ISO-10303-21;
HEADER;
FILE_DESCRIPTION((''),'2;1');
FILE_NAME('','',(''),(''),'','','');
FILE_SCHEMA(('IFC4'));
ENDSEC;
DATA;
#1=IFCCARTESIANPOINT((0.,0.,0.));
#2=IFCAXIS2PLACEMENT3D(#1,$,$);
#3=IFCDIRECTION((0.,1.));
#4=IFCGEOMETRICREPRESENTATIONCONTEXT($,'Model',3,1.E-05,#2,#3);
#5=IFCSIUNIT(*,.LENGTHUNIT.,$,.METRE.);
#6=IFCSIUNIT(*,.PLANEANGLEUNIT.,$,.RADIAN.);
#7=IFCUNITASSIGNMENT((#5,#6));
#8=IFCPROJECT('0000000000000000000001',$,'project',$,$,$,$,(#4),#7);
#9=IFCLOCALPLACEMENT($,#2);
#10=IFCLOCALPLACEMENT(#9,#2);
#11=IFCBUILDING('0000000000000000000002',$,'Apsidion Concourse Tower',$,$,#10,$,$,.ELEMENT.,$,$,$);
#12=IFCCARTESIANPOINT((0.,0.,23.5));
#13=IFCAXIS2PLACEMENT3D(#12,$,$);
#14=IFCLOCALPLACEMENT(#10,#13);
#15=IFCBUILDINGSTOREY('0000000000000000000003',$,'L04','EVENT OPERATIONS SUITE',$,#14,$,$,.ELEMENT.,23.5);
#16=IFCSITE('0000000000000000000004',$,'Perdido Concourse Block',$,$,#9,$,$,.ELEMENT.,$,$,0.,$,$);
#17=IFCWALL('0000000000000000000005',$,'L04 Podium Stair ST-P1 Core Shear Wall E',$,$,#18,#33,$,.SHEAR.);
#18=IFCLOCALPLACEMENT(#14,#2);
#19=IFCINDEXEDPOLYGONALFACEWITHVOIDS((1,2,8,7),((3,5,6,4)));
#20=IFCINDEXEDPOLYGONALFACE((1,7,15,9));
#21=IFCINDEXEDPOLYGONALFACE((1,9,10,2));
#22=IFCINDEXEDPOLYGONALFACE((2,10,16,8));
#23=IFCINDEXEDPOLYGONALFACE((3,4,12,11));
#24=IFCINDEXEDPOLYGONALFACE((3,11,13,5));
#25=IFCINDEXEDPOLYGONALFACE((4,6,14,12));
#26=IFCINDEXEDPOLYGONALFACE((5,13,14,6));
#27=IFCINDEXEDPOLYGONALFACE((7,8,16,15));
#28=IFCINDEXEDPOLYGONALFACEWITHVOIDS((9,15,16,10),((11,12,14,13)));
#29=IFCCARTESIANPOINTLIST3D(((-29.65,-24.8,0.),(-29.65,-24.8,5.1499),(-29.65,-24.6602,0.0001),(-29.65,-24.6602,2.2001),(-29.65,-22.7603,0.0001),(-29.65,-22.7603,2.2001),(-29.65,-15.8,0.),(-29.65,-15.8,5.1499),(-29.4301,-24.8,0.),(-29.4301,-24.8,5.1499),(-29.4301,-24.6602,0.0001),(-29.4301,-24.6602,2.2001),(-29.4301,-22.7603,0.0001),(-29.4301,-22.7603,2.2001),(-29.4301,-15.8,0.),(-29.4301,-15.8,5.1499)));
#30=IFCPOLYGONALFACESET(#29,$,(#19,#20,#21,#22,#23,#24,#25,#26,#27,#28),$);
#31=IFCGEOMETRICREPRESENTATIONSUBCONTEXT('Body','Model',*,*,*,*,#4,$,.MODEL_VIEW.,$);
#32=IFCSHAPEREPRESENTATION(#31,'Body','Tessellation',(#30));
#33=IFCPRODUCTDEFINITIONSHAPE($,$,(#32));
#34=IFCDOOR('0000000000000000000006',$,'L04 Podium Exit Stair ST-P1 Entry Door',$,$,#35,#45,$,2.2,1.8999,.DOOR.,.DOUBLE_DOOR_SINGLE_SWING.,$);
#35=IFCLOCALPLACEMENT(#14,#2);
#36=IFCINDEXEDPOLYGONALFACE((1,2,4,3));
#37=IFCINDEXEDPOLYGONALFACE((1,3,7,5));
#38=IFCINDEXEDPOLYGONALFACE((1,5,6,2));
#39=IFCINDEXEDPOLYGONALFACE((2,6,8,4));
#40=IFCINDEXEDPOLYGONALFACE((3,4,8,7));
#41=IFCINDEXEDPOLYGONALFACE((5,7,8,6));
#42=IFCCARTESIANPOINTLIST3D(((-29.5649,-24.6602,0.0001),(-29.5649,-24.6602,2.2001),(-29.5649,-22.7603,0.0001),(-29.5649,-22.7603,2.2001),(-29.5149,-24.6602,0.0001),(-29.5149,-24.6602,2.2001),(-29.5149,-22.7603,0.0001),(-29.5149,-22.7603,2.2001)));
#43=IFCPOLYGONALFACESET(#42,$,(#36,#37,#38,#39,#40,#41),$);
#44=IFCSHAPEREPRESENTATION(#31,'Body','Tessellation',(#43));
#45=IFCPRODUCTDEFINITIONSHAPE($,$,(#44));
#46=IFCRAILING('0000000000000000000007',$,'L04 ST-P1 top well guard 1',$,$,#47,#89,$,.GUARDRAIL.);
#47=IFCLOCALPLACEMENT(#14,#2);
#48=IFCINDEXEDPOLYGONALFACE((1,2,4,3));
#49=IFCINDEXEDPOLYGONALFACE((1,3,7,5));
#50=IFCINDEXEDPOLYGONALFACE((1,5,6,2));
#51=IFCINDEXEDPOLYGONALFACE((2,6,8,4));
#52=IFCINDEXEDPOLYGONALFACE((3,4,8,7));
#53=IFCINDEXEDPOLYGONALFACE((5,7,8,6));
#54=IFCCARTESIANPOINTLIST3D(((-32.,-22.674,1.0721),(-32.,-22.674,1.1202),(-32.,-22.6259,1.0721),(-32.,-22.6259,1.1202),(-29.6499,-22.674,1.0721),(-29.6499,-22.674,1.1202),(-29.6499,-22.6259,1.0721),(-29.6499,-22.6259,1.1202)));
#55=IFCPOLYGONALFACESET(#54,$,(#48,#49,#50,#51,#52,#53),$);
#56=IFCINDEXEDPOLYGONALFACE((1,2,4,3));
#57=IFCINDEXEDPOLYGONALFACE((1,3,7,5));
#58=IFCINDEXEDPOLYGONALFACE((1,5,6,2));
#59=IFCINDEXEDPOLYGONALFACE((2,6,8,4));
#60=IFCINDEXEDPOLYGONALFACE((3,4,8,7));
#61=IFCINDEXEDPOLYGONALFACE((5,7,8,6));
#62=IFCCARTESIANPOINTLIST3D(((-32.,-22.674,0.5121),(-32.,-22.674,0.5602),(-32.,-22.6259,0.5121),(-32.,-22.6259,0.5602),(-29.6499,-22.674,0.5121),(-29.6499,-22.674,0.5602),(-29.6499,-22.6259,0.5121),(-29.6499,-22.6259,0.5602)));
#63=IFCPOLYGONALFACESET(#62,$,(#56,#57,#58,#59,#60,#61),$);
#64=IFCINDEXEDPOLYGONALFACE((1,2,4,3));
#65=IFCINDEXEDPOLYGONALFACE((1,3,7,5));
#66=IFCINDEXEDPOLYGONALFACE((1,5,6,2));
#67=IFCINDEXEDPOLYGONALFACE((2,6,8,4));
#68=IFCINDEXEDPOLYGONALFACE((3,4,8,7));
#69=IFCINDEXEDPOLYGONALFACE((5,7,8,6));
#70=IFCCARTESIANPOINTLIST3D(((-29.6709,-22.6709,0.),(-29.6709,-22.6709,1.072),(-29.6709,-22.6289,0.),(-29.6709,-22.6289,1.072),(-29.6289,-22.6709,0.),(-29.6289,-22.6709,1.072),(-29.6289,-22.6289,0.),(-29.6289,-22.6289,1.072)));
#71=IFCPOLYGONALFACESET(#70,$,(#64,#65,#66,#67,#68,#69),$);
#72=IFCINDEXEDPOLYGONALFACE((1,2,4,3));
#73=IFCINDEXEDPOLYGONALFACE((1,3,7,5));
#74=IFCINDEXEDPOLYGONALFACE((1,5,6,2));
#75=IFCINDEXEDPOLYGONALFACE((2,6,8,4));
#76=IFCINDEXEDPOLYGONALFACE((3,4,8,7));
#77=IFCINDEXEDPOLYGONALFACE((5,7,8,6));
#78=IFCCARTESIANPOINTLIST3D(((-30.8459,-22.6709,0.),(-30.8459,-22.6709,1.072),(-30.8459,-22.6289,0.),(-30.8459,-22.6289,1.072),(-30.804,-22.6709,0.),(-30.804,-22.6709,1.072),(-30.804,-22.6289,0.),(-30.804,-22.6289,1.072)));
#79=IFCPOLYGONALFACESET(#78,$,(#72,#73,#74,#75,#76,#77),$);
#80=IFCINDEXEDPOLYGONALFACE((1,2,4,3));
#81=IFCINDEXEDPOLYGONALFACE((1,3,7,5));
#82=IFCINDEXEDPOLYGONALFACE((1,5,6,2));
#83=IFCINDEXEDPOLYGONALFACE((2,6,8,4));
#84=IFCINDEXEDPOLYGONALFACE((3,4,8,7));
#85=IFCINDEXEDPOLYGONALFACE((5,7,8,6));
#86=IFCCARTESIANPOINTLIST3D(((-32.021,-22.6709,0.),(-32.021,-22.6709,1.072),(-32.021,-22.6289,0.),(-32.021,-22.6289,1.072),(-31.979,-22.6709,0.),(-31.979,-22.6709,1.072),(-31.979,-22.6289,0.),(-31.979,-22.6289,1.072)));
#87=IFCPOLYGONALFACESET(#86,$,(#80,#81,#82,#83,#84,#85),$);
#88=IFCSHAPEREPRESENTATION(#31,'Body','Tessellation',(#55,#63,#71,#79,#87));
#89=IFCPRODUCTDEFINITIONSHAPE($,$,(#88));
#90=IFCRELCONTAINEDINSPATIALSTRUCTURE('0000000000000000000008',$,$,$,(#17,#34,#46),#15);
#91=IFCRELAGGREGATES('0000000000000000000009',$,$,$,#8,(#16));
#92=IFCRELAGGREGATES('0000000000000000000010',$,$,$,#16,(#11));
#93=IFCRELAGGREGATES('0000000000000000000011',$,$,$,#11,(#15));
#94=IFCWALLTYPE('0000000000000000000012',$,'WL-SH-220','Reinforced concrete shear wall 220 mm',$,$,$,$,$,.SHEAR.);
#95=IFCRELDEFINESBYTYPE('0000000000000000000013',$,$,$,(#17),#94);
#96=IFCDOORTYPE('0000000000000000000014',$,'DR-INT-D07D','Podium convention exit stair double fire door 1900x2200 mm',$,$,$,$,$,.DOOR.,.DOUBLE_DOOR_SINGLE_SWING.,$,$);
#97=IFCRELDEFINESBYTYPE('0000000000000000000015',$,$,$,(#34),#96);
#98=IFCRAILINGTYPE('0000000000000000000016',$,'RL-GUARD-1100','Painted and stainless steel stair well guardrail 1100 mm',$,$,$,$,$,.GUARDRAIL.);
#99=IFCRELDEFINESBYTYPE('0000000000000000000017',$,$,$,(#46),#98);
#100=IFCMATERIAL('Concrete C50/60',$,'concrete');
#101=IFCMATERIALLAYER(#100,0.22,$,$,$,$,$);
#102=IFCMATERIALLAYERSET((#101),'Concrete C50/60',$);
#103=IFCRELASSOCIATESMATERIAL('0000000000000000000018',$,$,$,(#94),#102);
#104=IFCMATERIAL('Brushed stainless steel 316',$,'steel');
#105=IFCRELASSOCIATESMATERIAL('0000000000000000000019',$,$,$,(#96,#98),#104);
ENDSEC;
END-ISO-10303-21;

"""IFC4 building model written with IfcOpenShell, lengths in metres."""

from ifc_helpers import new_model, si_unit, direction, frame, frame_2d, origin, origin_2d, place, context, subcontext, project, spatial, rectangle, extrude, material, layer, layer_set, type_object, element, fill, save


model = new_model("IFC4")

# Units and contexts
model_context = context("Model", 3, precision=1e-05, world=origin(), true_north=direction((0.0, 1.0)))
body_context = subcontext(model_context, "Body", "Model", "MODEL_VIEW")
ifc_project = project(units=[si_unit("LENGTHUNIT", "METRE"), si_unit("PLANEANGLEUNIT", "RADIAN")], contexts=[model_context])

# Site, building, storey
site_placement = place(None, origin())
site = spatial("IfcSite", under=ifc_project, at=site_placement, Name="Perdido Concourse Block", CompositionType="ELEMENT", RefElevation=0.0)
building_placement = place(site_placement, origin())
building = spatial("IfcBuilding", under=site, at=building_placement, Name="Apsidion Concourse Tower", CompositionType="ELEMENT")
storey_placement = place(building_placement, frame((0.0, 0.0, 23.5)))
storey = spatial("IfcBuildingStorey", under=building, at=storey_placement, Name="L04", Description="EVENT OPERATIONS SUITE", CompositionType="ELEMENT", Elevation=23.5)

# Shared definitions
ifc_material_1 = material(Name="Brushed stainless steel 316", Category="steel")

# Shared definitions
ifc_material_2 = material(Name="Concrete C50/60", Category="concrete")
ifc_layer_1 = layer(ifc_material_2, 0.22)
ifc_layer_set_1 = layer_set([ifc_layer_1], Name="Concrete C50/60")
wall_type_1 = type_object("IfcWallType", Name="WL-SH-220", Description="Reinforced concrete shear wall 220 mm", PredefinedType="SHEAR", material=ifc_layer_set_1)

# Wall, opening, door
wall_1_placement = place(storey_placement, frame((-29.54, -24.8, 0.0), z_axis=(0.0, 0.0, 1.0), x_axis=(0.0, 1.0, 0.0)))
wall_1 = element("IfcWall", 1, at=wall_1_placement, inside=storey, type_object=wall_type_1, Name="L04 Podium Stair ST-P1 Core Shear Wall E", PredefinedType="SHEAR", context=body_context, shape_type="SweptSolid", body=[
    extrude(rectangle(XDim=9.0, YDim=0.22, at=frame_2d((4.5, 0.0))), origin(), (0.0, 0.0, 1.0), 5.1499),
])
opening_1_placement = place(wall_1_placement, frame((0.1399, 0.0, 0.0)))
opening_1 = element("IfcOpeningElement", 2, at=opening_1_placement, cuts=wall_1, PredefinedType="OPENING", context=body_context, shape_type="SweptSolid", body=[
    extrude(rectangle(XDim=1.8999, YDim=2.2, at=frame_2d((0.95, 1.1001))), frame((0.0, 0.1201, 0.0), z_axis=(0.0, -1.0, 0.0), x_axis=(1.0, 0.0, 0.0)), (0.0, 0.0, 1.0), 0.24),
])
door_type_1 = type_object("IfcDoorType", Name="DR-INT-D07D", Description="Podium convention exit stair double fire door 1900x2200 mm", OperationType="DOUBLE_DOOR_SINGLE_SWING", PredefinedType="DOOR", material=ifc_material_1)
door_1_placement = place(opening_1_placement, origin())
door_1 = element("IfcDoor", 3, at=door_1_placement, inside=storey, type_object=door_type_1, Name="L04 Podium Exit Stair ST-P1 Entry Door", OperationType="DOUBLE_DOOR_SINGLE_SWING", OverallHeight=2.2, OverallWidth=1.8999, PredefinedType="DOOR", context=body_context, shape_type="SweptSolid", body=[
    extrude(rectangle(XDim=1.8999, YDim=2.2, at=frame_2d((0.95, 1.1001))), frame((0.0, 0.0249, 0.0), z_axis=(0.0, -1.0, 0.0), x_axis=(1.0, 0.0, 0.0)), (0.0, 0.0, 1.0), 0.05),
])
fill(opening_1, door_1)

# Railing
railing_type_1 = type_object("IfcRailingType", Name="RL-GUARD-1100", Description="Painted and stainless steel stair well guardrail 1100 mm", PredefinedType="GUARDRAIL", material=ifc_material_1)
railing_1_placement = place(storey_placement, frame((-29.6499, -22.6499, 0.0)))
element("IfcRailing", 4, at=railing_1_placement, inside=storey, type_object=railing_type_1, Name="L04 ST-P1 top well guard 1", PredefinedType="GUARDRAIL", context=body_context, shape_type="SweptSolid", body=[
    extrude(rectangle(XDim=0.0481, YDim=0.0481, at=origin_2d()), frame((0.0, 0.0, 1.0962), z_axis=(-1.0, 0.0, 0.0), x_axis=(0.0, -1.0, 0.0)), (0.0, 0.0, 1.0), 2.3501),
    extrude(rectangle(XDim=0.0481, YDim=0.0481, at=origin_2d()), frame((0.0, 0.0, 0.5361), z_axis=(-1.0, 0.0, 0.0), x_axis=(0.0, -1.0, 0.0)), (0.0, 0.0, 1.0), 2.3501),
    extrude(rectangle(XDim=0.042, YDim=0.042, at=origin_2d()), origin(), (0.0, 0.0, 1.0), 1.072),
    extrude(rectangle(XDim=0.042, YDim=0.042, at=origin_2d()), frame((-1.175, 0.0, 0.0)), (0.0, 0.0, 1.0), 1.072),
    extrude(rectangle(XDim=0.042, YDim=0.042, at=origin_2d()), frame((-2.3501, 0.0, 0.0)), (0.0, 0.0, 1.0), 1.072),
])

save(model, "model.ifc")
